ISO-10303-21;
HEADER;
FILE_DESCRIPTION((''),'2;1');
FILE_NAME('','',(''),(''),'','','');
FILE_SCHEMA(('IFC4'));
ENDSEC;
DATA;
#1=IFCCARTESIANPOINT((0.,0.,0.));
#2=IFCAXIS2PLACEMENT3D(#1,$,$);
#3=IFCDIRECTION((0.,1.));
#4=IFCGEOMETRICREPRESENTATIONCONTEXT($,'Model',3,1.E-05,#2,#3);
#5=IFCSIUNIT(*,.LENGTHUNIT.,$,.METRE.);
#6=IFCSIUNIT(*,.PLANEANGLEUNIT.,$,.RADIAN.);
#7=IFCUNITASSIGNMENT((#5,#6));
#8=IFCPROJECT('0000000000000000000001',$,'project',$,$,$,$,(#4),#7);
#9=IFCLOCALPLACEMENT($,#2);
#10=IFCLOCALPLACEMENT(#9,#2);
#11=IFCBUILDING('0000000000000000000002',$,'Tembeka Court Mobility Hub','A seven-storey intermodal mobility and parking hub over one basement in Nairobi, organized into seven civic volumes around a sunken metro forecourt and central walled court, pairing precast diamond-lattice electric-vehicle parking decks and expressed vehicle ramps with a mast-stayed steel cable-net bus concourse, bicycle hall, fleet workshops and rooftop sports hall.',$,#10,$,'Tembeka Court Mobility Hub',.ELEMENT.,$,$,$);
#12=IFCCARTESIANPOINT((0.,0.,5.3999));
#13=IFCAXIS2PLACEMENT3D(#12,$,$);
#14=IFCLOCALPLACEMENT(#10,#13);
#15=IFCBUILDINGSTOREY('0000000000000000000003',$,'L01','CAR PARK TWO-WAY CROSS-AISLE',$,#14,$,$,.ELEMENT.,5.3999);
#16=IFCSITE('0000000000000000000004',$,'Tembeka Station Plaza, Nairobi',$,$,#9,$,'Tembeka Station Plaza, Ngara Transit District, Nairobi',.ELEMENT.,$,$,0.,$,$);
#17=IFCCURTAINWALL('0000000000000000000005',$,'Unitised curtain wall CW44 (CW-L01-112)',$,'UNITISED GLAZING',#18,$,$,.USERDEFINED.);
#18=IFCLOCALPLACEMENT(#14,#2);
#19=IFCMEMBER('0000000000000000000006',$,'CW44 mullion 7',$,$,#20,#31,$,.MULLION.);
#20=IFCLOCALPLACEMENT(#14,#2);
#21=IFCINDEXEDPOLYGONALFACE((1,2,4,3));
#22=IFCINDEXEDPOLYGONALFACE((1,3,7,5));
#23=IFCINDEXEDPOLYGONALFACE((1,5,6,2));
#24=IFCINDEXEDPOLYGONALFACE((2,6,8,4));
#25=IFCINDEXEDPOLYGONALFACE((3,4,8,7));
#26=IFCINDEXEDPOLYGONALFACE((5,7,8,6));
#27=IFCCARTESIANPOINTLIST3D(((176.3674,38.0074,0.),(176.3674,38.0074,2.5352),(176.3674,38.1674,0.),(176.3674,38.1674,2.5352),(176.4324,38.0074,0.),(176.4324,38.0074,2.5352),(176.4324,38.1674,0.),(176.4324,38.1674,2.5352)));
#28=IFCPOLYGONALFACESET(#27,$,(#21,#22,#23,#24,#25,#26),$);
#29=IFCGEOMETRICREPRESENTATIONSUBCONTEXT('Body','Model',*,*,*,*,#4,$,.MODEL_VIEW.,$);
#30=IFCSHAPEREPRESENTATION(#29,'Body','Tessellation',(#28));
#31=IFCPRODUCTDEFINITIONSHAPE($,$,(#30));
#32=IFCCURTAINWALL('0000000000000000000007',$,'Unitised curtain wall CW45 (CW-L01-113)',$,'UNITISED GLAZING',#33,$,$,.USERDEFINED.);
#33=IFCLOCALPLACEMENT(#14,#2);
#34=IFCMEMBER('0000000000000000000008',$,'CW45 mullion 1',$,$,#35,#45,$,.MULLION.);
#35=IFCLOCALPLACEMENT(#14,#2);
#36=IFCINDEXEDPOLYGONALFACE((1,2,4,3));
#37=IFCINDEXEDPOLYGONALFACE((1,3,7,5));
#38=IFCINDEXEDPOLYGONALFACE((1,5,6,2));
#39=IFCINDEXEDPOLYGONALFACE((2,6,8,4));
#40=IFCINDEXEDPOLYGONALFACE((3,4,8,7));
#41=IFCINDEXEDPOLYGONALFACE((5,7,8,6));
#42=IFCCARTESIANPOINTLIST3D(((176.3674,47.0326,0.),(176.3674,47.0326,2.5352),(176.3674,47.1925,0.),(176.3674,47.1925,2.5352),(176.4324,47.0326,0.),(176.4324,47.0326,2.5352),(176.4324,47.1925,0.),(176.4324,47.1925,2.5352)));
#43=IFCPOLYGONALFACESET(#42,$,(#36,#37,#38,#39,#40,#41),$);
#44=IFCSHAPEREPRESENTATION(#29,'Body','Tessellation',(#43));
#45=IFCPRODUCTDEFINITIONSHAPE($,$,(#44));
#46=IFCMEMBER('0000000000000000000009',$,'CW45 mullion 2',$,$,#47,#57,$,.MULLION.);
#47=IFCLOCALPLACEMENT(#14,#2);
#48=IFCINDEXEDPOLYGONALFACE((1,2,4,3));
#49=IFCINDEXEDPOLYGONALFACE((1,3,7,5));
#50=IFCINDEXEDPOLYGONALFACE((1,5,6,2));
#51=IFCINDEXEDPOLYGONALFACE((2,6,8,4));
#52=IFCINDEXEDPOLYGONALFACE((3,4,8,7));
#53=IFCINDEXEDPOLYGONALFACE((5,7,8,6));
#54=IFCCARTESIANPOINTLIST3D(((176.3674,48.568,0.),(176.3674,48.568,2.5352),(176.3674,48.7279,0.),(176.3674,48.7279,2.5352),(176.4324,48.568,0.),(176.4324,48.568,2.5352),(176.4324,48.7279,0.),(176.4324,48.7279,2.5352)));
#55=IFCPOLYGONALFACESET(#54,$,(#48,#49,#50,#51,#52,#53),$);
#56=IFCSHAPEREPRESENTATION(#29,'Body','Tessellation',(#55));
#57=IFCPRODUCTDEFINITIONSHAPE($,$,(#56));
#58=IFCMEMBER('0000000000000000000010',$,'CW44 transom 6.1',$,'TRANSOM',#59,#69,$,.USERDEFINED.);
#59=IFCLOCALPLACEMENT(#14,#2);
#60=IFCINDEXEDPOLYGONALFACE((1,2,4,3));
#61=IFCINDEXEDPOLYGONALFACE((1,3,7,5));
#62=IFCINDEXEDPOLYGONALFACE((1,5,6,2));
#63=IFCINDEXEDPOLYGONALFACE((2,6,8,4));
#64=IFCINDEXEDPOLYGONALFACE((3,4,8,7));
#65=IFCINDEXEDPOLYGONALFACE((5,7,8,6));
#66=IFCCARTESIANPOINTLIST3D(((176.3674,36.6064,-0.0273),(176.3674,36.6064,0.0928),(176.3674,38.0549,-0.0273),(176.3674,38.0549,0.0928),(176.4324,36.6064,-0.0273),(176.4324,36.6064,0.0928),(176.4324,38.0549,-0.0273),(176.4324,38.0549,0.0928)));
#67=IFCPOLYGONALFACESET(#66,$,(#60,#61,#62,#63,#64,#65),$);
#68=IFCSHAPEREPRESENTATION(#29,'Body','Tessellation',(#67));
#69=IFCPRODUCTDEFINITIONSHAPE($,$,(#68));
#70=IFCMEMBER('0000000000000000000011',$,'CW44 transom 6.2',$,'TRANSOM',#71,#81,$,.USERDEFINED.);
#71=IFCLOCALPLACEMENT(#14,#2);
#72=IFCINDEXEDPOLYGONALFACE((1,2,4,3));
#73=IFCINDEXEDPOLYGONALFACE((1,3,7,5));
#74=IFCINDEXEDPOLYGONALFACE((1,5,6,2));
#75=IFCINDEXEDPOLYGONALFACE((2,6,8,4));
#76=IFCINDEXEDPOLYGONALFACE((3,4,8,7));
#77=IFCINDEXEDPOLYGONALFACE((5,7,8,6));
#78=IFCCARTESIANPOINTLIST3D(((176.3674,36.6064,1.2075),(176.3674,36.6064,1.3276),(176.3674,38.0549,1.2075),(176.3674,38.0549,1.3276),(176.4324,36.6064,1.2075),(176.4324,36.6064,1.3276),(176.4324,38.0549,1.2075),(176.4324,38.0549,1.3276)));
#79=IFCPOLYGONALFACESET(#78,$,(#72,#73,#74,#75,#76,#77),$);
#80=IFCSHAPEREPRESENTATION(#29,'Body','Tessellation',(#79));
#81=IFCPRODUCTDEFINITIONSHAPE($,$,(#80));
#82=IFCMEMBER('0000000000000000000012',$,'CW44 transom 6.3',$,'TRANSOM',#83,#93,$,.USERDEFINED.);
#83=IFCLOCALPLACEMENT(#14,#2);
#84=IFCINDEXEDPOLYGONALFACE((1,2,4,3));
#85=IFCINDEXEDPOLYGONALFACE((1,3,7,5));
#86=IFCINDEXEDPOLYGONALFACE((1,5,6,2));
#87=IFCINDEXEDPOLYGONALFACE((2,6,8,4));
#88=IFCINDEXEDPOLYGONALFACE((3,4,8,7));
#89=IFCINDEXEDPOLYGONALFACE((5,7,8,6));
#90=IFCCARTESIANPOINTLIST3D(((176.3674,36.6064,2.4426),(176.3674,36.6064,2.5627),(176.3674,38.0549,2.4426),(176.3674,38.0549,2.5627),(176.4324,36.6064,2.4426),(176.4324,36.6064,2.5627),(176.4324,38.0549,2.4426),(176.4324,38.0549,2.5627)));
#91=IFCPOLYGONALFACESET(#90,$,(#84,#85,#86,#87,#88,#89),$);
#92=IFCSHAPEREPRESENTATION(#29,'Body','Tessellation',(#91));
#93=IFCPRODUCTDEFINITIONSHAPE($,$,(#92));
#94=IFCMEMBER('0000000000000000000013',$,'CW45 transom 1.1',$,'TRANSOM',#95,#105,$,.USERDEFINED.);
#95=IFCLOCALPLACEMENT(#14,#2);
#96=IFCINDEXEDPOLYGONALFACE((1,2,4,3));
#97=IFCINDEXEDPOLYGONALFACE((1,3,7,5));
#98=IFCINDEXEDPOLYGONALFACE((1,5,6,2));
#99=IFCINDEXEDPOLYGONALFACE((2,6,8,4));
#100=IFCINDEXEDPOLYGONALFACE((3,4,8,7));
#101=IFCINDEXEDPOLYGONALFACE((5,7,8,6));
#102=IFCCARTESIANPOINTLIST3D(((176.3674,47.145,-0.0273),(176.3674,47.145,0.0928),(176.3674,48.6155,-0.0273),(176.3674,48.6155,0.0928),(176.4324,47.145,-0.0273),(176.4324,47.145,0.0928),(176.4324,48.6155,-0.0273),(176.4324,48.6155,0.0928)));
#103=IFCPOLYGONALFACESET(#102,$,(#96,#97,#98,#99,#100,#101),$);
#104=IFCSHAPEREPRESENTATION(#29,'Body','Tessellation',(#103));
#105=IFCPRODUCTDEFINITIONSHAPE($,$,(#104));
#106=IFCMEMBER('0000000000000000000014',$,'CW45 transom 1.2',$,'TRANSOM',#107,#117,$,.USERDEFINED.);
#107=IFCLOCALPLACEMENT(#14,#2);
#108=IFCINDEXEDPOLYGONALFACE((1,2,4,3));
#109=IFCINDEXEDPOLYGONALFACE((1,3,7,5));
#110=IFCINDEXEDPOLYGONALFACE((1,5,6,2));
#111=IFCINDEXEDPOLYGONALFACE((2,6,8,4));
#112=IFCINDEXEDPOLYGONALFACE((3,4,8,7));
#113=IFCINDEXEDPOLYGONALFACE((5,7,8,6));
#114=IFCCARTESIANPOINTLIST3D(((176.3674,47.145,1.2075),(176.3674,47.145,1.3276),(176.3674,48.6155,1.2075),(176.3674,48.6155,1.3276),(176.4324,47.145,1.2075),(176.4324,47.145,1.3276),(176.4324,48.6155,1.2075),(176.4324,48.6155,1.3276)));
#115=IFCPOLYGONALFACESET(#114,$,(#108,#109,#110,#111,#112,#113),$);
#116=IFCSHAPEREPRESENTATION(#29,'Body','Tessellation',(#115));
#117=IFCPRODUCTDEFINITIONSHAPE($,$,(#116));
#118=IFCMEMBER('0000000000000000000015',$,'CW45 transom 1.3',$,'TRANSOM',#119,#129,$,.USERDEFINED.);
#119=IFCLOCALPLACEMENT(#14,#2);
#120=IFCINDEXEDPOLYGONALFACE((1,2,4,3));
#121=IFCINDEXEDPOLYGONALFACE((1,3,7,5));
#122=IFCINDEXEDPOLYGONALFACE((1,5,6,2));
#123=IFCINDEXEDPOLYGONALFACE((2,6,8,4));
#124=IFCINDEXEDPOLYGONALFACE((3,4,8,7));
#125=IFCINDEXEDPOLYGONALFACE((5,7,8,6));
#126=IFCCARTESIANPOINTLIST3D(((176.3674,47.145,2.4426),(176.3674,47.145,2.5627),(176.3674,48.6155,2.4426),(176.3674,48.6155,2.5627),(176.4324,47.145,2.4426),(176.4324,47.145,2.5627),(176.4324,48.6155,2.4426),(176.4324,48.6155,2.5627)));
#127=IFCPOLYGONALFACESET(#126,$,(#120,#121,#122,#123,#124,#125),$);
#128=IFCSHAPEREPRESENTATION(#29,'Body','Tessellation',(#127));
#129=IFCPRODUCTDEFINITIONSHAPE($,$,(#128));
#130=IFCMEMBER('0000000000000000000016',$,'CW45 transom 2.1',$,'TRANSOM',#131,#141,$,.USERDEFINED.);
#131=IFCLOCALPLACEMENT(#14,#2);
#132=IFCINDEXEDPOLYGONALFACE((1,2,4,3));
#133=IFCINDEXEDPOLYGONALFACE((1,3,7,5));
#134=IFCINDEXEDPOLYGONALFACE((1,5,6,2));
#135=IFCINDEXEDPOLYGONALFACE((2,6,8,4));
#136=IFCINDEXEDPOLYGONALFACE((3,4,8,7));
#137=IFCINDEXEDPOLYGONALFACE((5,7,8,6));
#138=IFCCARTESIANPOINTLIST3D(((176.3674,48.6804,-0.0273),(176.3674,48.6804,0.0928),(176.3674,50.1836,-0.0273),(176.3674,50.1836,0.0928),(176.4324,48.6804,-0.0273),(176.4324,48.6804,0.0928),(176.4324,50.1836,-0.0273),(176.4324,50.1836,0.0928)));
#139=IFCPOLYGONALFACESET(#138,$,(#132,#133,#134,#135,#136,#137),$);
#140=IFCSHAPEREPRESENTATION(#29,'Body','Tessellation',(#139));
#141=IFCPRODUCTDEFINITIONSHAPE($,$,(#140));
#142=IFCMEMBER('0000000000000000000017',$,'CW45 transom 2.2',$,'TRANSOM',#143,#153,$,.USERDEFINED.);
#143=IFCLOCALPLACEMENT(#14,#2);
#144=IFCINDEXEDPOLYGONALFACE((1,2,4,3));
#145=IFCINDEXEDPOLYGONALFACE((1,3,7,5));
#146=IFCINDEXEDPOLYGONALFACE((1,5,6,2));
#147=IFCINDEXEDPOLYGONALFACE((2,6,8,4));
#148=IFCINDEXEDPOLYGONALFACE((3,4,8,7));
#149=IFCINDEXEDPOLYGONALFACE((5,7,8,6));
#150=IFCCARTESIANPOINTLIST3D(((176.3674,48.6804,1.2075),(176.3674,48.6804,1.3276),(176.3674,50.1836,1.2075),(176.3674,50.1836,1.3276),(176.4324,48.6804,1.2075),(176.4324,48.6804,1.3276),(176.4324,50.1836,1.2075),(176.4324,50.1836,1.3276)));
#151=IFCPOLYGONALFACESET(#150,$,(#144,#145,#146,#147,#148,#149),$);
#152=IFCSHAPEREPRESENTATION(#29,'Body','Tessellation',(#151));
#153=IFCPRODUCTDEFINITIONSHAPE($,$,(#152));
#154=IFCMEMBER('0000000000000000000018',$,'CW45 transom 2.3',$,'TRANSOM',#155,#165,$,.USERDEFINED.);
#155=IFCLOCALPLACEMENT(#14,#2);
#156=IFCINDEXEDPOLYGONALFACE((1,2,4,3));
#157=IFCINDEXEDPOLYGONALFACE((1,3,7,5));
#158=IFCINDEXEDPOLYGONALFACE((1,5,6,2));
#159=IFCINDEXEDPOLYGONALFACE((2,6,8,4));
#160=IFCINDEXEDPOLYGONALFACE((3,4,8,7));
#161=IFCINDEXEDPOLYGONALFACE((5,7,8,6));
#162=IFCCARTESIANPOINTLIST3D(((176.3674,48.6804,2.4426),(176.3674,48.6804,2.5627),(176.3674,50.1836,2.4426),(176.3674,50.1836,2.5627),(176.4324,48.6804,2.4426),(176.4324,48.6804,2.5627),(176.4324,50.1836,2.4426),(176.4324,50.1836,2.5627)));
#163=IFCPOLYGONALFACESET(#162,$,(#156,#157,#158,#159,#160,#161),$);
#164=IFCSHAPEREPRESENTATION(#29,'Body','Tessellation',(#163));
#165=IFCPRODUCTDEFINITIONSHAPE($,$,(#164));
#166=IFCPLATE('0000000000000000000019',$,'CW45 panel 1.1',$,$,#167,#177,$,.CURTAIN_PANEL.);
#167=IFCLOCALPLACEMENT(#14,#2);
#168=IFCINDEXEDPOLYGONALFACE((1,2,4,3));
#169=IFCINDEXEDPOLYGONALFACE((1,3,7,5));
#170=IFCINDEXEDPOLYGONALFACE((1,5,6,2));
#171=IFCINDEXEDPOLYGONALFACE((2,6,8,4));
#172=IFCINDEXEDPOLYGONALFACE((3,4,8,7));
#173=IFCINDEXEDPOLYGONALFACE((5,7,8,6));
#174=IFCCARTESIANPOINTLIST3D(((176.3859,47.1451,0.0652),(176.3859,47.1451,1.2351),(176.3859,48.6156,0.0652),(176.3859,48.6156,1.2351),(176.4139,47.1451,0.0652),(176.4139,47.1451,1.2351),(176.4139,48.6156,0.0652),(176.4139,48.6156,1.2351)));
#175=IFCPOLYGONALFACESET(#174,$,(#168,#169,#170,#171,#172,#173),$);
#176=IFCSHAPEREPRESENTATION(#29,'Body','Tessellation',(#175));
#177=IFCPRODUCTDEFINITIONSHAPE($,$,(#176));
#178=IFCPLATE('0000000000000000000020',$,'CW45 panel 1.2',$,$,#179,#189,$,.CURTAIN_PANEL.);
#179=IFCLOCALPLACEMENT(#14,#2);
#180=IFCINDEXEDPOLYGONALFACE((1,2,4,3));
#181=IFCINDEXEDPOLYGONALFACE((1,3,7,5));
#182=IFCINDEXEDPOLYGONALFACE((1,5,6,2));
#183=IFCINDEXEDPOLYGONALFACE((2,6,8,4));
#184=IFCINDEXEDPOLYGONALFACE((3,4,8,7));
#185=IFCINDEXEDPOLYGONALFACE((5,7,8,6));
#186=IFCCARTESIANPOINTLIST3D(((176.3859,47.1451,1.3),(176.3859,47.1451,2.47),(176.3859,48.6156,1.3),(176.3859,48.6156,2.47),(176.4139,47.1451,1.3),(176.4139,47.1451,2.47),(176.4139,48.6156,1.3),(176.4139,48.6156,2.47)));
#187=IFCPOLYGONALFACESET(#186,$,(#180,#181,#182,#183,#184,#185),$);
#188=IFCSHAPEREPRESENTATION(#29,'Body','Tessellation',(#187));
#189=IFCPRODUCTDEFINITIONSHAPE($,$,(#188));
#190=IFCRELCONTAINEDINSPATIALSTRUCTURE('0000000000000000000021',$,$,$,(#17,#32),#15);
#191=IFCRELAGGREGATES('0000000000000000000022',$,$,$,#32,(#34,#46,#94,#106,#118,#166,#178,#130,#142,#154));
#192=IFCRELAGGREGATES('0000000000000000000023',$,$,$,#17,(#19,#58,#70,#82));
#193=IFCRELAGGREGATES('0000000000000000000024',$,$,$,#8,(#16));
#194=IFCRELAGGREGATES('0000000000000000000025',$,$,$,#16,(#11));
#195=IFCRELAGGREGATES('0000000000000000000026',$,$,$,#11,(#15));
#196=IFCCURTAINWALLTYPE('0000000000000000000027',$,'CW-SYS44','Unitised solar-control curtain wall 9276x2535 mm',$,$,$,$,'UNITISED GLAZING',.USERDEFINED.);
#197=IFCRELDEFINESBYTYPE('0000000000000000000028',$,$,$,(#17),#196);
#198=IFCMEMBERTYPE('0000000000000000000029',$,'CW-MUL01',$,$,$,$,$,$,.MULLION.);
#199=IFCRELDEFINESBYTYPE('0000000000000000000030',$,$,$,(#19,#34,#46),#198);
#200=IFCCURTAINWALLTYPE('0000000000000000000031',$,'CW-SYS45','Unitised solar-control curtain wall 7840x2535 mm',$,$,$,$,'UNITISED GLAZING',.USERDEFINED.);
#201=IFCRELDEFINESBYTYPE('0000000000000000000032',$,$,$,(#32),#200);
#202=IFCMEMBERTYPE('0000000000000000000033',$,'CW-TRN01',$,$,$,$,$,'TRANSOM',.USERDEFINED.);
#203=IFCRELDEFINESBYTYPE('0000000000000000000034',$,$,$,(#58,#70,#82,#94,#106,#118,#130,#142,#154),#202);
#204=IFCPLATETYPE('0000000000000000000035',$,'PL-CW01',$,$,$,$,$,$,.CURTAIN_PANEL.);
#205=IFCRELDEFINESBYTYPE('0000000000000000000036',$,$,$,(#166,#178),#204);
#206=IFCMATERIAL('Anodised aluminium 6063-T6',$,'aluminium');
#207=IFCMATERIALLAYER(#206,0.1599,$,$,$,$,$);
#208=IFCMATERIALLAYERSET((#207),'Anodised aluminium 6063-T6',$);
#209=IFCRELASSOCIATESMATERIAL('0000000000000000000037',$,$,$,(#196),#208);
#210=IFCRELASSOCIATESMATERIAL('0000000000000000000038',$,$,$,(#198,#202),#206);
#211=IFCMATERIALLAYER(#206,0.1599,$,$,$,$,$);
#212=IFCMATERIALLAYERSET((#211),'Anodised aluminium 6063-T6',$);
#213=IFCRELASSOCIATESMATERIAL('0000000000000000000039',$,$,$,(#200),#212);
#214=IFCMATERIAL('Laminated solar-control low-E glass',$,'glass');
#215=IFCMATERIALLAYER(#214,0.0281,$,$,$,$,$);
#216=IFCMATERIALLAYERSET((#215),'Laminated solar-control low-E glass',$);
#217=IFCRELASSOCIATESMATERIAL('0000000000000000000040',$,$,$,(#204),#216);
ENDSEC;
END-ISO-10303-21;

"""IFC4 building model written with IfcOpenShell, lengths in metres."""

from ifc_helpers import new_model, si_unit, direction, frame, origin, origin_2d, place, context, subcontext, project, spatial, rectangle, extrude, material, layer, layer_set, material_profile, profile_set, type_object, element, aggregate, save


model = new_model("IFC4")

# Units and contexts
model_context = context("Model", 3, precision=1e-05, world=origin(), true_north=direction((0.0, 1.0)))
body_context = subcontext(model_context, "Body", "Model", "MODEL_VIEW")
ifc_project = project(units=[si_unit("LENGTHUNIT", "METRE"), si_unit("PLANEANGLEUNIT", "RADIAN")], contexts=[model_context])

# Site, building, storey
site_placement = place(None, origin())
site = spatial("IfcSite", under=ifc_project, at=site_placement, Name="Tembeka Station Plaza, Nairobi", LongName="Tembeka Station Plaza, Ngara Transit District, Nairobi", CompositionType="ELEMENT", RefElevation=0.0)
building_placement = place(site_placement, origin())
building = spatial("IfcBuilding", under=site, at=building_placement, Name="Tembeka Court Mobility Hub", Description="A seven-storey intermodal mobility and parking hub over one basement in Nairobi, organized into seven civic volumes around a sunken metro forecourt and central walled court, pairing precast diamond-lattice electric-vehicle parking decks and expressed vehicle ramps with a mast-stayed steel cable-net bus concourse, bicycle hall, fleet workshops and rooftop sports hall.", LongName="Tembeka Court Mobility Hub", CompositionType="ELEMENT")
storey_placement = place(building_placement, frame((0.0, 0.0, 5.3999)))
storey = spatial("IfcBuildingStorey", under=building, at=storey_placement, Name="L01", Description="CAR PARK TWO-WAY CROSS-AISLE", CompositionType="ELEMENT", Elevation=5.3999)

# Curtain wall, member
ifc_material_1 = material(Name="Anodised aluminium 6063-T6", Category="aluminium")
ifc_layer_1 = layer(ifc_material_1, 0.1599)
ifc_layer_set_1 = layer_set([ifc_layer_1], Name="Anodised aluminium 6063-T6")
curtain_wall_type_1 = type_object("IfcCurtainWallType", Name="CW-SYS44", Description="Unitised solar-control curtain wall 9276x2535 mm", ElementType="UNITISED GLAZING", PredefinedType="USERDEFINED", material=ifc_layer_set_1)
curtain_wall_1_placement = place(storey_placement, origin())
curtain_wall_1 = element("IfcCurtainWall", 1, at=curtain_wall_1_placement, inside=storey, type_object=curtain_wall_type_1, Name="Unitised curtain wall CW44 (CW-L01-112)", ObjectType="UNITISED GLAZING", PredefinedType="USERDEFINED")
ifc_material_profile_1 = material_profile(ifc_material_1, rectangle(XDim=0.0649, YDim=0.1599, at=origin_2d()), Name="ALU-MUL 65x160")
ifc_profile_set_1 = profile_set([ifc_material_profile_1], Name="Anodised aluminium 6063-T6")
member_type_1 = type_object("IfcMemberType", Name="CW-MUL01", PredefinedType="MULLION", material=ifc_profile_set_1)
member_1_placement = place(storey_placement, frame((176.3999, 38.0874, 0.0), z_axis=(0.0, 0.0, 1.0), x_axis=(-1.0, 0.0, 0.0)))
member_1 = element("IfcMember", 2, at=member_1_placement, type_object=member_type_1, Name="CW44 mullion 7", PredefinedType="MULLION", context=body_context, shape_type="SweptSolid", body=[
    extrude(rectangle(XDim=0.0649, YDim=0.1599, at=origin_2d()), origin(), (0.0, 0.0, 1.0), 2.5352),
])

# Curtain wall, members
ifc_layer_2 = layer(ifc_material_1, 0.1599)
ifc_layer_set_2 = layer_set([ifc_layer_2], Name="Anodised aluminium 6063-T6")
curtain_wall_type_2 = type_object("IfcCurtainWallType", Name="CW-SYS45", Description="Unitised solar-control curtain wall 7840x2535 mm", ElementType="UNITISED GLAZING", PredefinedType="USERDEFINED", material=ifc_layer_set_2)
curtain_wall_2_placement = place(storey_placement, origin())
curtain_wall_2 = element("IfcCurtainWall", 3, at=curtain_wall_2_placement, inside=storey, type_object=curtain_wall_type_2, Name="Unitised curtain wall CW45 (CW-L01-113)", ObjectType="UNITISED GLAZING", PredefinedType="USERDEFINED")
member_2_placement = place(storey_placement, frame((176.3999, 47.1125, 0.0), z_axis=(0.0, 0.0, 1.0), x_axis=(-1.0, 0.0, 0.0)))
member_2 = element("IfcMember", 4, at=member_2_placement, type_object=member_type_1, Name="CW45 mullion 1", PredefinedType="MULLION", context=body_context, shape_type="SweptSolid", body=[
    extrude(rectangle(XDim=0.0649, YDim=0.1599, at=origin_2d()), origin(), (0.0, 0.0, 1.0), 2.5352),
])
member_3_placement = place(storey_placement, frame((176.3999, 48.6479, 0.0), z_axis=(0.0, 0.0, 1.0), x_axis=(-1.0, 0.0, 0.0)))
member_3 = element("IfcMember", 5, at=member_3_placement, type_object=member_type_1, Name="CW45 mullion 2", PredefinedType="MULLION", context=body_context, shape_type="SweptSolid", body=[
    extrude(rectangle(XDim=0.0649, YDim=0.1599, at=origin_2d()), origin(), (0.0, 0.0, 1.0), 2.5352),
])

# Members
ifc_material_profile_2 = material_profile(ifc_material_1, rectangle(XDim=0.0649, YDim=0.1201, at=origin_2d()), Name="ALU-TRN 65x120")
ifc_profile_set_2 = profile_set([ifc_material_profile_2], Name="Anodised aluminium 6063-T6")
member_type_2 = type_object("IfcMemberType", Name="CW-TRN01", ElementType="TRANSOM", PredefinedType="USERDEFINED", material=ifc_profile_set_2)
member_4_placement = place(storey_placement, frame((176.3999, 36.6064, 0.0327), z_axis=(0.0, 1.0, 0.0), x_axis=(-1.0, 0.0, 0.0)))
member_4 = element("IfcMember", 6, at=member_4_placement, type_object=member_type_2, Name="CW44 transom 6.1", ObjectType="TRANSOM", PredefinedType="USERDEFINED", context=body_context, shape_type="SweptSolid", body=[
    extrude(rectangle(XDim=0.0649, YDim=0.1201, at=origin_2d()), origin(), (0.0, 0.0, 1.0), 1.4485),
])
member_5_placement = place(storey_placement, frame((176.3999, 36.6064, 1.2676), z_axis=(0.0, 1.0, 0.0), x_axis=(-1.0, 0.0, 0.0)))
member_5 = element("IfcMember", 7, at=member_5_placement, type_object=member_type_2, Name="CW44 transom 6.2", ObjectType="TRANSOM", PredefinedType="USERDEFINED", context=body_context, shape_type="SweptSolid", body=[
    extrude(rectangle(XDim=0.0649, YDim=0.1201, at=origin_2d()), origin(), (0.0, 0.0, 1.0), 1.4485),
])
member_6_placement = place(storey_placement, frame((176.3999, 36.6064, 2.5027), z_axis=(0.0, 1.0, 0.0), x_axis=(-1.0, 0.0, 0.0)))
member_6 = element("IfcMember", 8, at=member_6_placement, type_object=member_type_2, Name="CW44 transom 6.3", ObjectType="TRANSOM", PredefinedType="USERDEFINED", context=body_context, shape_type="SweptSolid", body=[
    extrude(rectangle(XDim=0.0649, YDim=0.1201, at=origin_2d()), origin(), (0.0, 0.0, 1.0), 1.4485),
])
member_7_placement = place(storey_placement, frame((176.3999, 47.145, 0.0327), z_axis=(0.0, 1.0, 0.0), x_axis=(-1.0, 0.0, 0.0)))
member_7 = element("IfcMember", 9, at=member_7_placement, type_object=member_type_2, Name="CW45 transom 1.1", ObjectType="TRANSOM", PredefinedType="USERDEFINED", context=body_context, shape_type="SweptSolid", body=[
    extrude(rectangle(XDim=0.0649, YDim=0.1201, at=origin_2d()), origin(), (0.0, 0.0, 1.0), 1.4705),
])
member_8_placement = place(storey_placement, frame((176.3999, 47.145, 1.2676), z_axis=(0.0, 1.0, 0.0), x_axis=(-1.0, 0.0, 0.0)))
member_8 = element("IfcMember", 10, at=member_8_placement, type_object=member_type_2, Name="CW45 transom 1.2", ObjectType="TRANSOM", PredefinedType="USERDEFINED", context=body_context, shape_type="SweptSolid", body=[
    extrude(rectangle(XDim=0.0649, YDim=0.1201, at=origin_2d()), origin(), (0.0, 0.0, 1.0), 1.4705),
])
member_9_placement = place(storey_placement, frame((176.3999, 47.145, 2.5027), z_axis=(0.0, 1.0, 0.0), x_axis=(-1.0, 0.0, 0.0)))
member_9 = element("IfcMember", 11, at=member_9_placement, type_object=member_type_2, Name="CW45 transom 1.3", ObjectType="TRANSOM", PredefinedType="USERDEFINED", context=body_context, shape_type="SweptSolid", body=[
    extrude(rectangle(XDim=0.0649, YDim=0.1201, at=origin_2d()), origin(), (0.0, 0.0, 1.0), 1.4705),
])
member_10_placement = place(storey_placement, frame((176.3999, 48.6804, 0.0327), z_axis=(0.0, 1.0, 0.0), x_axis=(-1.0, 0.0, 0.0)))
member_10 = element("IfcMember", 12, at=member_10_placement, type_object=member_type_2, Name="CW45 transom 2.1", ObjectType="TRANSOM", PredefinedType="USERDEFINED", context=body_context, shape_type="SweptSolid", body=[
    extrude(rectangle(XDim=0.0649, YDim=0.1201, at=origin_2d()), origin(), (0.0, 0.0, 1.0), 1.5032),
])
member_11_placement = place(storey_placement, frame((176.3999, 48.6804, 1.2676), z_axis=(0.0, 1.0, 0.0), x_axis=(-1.0, 0.0, 0.0)))
member_11 = element("IfcMember", 13, at=member_11_placement, type_object=member_type_2, Name="CW45 transom 2.2", ObjectType="TRANSOM", PredefinedType="USERDEFINED", context=body_context, shape_type="SweptSolid", body=[
    extrude(rectangle(XDim=0.0649, YDim=0.1201, at=origin_2d()), origin(), (0.0, 0.0, 1.0), 1.5032),
])
member_12_placement = place(storey_placement, frame((176.3999, 48.6804, 2.5027), z_axis=(0.0, 1.0, 0.0), x_axis=(-1.0, 0.0, 0.0)))
member_12 = element("IfcMember", 14, at=member_12_placement, type_object=member_type_2, Name="CW45 transom 2.3", ObjectType="TRANSOM", PredefinedType="USERDEFINED", context=body_context, shape_type="SweptSolid", body=[
    extrude(rectangle(XDim=0.0649, YDim=0.1201, at=origin_2d()), origin(), (0.0, 0.0, 1.0), 1.5032),
])

# Plates
ifc_material_2 = material(Name="Laminated solar-control low-E glass", Category="glass")
ifc_layer_3 = layer(ifc_material_2, 0.0281)
ifc_layer_set_3 = layer_set([ifc_layer_3], Name="Laminated solar-control low-E glass")
plate_type_1 = type_object("IfcPlateType", Name="PL-CW01", PredefinedType="CURTAIN_PANEL", material=ifc_layer_set_3)
plate_1_placement = place(storey_placement, frame((176.3999, 47.8804, 0.0652), z_axis=(0.0, 0.0, 1.0), x_axis=(0.0, 1.0, 0.0)))
plate_1 = element("IfcPlate", 15, at=plate_1_placement, type_object=plate_type_1, Name="CW45 panel 1.1", PredefinedType="CURTAIN_PANEL", context=body_context, shape_type="SweptSolid", body=[
    extrude(rectangle(XDim=1.4705, YDim=0.0281, at=origin_2d()), origin(), (0.0, 0.0, 1.0), 1.1699),
])
plate_2_placement = place(storey_placement, frame((176.3999, 47.8804, 1.3), z_axis=(0.0, 0.0, 1.0), x_axis=(0.0, 1.0, 0.0)))
plate_2 = element("IfcPlate", 16, at=plate_2_placement, type_object=plate_type_1, Name="CW45 panel 1.2", PredefinedType="CURTAIN_PANEL", context=body_context, shape_type="SweptSolid", body=[
    extrude(rectangle(XDim=1.4705, YDim=0.0281, at=origin_2d()), origin(), (0.0, 0.0, 1.0), 1.1699),
])
aggregate(curtain_wall_2, [member_2, member_3, member_7, member_8, member_9, plate_1, plate_2, member_10, member_11, member_12])
aggregate(curtain_wall_1, [member_1, member_4, member_5, member_6])

save(model, "model.ifc")
